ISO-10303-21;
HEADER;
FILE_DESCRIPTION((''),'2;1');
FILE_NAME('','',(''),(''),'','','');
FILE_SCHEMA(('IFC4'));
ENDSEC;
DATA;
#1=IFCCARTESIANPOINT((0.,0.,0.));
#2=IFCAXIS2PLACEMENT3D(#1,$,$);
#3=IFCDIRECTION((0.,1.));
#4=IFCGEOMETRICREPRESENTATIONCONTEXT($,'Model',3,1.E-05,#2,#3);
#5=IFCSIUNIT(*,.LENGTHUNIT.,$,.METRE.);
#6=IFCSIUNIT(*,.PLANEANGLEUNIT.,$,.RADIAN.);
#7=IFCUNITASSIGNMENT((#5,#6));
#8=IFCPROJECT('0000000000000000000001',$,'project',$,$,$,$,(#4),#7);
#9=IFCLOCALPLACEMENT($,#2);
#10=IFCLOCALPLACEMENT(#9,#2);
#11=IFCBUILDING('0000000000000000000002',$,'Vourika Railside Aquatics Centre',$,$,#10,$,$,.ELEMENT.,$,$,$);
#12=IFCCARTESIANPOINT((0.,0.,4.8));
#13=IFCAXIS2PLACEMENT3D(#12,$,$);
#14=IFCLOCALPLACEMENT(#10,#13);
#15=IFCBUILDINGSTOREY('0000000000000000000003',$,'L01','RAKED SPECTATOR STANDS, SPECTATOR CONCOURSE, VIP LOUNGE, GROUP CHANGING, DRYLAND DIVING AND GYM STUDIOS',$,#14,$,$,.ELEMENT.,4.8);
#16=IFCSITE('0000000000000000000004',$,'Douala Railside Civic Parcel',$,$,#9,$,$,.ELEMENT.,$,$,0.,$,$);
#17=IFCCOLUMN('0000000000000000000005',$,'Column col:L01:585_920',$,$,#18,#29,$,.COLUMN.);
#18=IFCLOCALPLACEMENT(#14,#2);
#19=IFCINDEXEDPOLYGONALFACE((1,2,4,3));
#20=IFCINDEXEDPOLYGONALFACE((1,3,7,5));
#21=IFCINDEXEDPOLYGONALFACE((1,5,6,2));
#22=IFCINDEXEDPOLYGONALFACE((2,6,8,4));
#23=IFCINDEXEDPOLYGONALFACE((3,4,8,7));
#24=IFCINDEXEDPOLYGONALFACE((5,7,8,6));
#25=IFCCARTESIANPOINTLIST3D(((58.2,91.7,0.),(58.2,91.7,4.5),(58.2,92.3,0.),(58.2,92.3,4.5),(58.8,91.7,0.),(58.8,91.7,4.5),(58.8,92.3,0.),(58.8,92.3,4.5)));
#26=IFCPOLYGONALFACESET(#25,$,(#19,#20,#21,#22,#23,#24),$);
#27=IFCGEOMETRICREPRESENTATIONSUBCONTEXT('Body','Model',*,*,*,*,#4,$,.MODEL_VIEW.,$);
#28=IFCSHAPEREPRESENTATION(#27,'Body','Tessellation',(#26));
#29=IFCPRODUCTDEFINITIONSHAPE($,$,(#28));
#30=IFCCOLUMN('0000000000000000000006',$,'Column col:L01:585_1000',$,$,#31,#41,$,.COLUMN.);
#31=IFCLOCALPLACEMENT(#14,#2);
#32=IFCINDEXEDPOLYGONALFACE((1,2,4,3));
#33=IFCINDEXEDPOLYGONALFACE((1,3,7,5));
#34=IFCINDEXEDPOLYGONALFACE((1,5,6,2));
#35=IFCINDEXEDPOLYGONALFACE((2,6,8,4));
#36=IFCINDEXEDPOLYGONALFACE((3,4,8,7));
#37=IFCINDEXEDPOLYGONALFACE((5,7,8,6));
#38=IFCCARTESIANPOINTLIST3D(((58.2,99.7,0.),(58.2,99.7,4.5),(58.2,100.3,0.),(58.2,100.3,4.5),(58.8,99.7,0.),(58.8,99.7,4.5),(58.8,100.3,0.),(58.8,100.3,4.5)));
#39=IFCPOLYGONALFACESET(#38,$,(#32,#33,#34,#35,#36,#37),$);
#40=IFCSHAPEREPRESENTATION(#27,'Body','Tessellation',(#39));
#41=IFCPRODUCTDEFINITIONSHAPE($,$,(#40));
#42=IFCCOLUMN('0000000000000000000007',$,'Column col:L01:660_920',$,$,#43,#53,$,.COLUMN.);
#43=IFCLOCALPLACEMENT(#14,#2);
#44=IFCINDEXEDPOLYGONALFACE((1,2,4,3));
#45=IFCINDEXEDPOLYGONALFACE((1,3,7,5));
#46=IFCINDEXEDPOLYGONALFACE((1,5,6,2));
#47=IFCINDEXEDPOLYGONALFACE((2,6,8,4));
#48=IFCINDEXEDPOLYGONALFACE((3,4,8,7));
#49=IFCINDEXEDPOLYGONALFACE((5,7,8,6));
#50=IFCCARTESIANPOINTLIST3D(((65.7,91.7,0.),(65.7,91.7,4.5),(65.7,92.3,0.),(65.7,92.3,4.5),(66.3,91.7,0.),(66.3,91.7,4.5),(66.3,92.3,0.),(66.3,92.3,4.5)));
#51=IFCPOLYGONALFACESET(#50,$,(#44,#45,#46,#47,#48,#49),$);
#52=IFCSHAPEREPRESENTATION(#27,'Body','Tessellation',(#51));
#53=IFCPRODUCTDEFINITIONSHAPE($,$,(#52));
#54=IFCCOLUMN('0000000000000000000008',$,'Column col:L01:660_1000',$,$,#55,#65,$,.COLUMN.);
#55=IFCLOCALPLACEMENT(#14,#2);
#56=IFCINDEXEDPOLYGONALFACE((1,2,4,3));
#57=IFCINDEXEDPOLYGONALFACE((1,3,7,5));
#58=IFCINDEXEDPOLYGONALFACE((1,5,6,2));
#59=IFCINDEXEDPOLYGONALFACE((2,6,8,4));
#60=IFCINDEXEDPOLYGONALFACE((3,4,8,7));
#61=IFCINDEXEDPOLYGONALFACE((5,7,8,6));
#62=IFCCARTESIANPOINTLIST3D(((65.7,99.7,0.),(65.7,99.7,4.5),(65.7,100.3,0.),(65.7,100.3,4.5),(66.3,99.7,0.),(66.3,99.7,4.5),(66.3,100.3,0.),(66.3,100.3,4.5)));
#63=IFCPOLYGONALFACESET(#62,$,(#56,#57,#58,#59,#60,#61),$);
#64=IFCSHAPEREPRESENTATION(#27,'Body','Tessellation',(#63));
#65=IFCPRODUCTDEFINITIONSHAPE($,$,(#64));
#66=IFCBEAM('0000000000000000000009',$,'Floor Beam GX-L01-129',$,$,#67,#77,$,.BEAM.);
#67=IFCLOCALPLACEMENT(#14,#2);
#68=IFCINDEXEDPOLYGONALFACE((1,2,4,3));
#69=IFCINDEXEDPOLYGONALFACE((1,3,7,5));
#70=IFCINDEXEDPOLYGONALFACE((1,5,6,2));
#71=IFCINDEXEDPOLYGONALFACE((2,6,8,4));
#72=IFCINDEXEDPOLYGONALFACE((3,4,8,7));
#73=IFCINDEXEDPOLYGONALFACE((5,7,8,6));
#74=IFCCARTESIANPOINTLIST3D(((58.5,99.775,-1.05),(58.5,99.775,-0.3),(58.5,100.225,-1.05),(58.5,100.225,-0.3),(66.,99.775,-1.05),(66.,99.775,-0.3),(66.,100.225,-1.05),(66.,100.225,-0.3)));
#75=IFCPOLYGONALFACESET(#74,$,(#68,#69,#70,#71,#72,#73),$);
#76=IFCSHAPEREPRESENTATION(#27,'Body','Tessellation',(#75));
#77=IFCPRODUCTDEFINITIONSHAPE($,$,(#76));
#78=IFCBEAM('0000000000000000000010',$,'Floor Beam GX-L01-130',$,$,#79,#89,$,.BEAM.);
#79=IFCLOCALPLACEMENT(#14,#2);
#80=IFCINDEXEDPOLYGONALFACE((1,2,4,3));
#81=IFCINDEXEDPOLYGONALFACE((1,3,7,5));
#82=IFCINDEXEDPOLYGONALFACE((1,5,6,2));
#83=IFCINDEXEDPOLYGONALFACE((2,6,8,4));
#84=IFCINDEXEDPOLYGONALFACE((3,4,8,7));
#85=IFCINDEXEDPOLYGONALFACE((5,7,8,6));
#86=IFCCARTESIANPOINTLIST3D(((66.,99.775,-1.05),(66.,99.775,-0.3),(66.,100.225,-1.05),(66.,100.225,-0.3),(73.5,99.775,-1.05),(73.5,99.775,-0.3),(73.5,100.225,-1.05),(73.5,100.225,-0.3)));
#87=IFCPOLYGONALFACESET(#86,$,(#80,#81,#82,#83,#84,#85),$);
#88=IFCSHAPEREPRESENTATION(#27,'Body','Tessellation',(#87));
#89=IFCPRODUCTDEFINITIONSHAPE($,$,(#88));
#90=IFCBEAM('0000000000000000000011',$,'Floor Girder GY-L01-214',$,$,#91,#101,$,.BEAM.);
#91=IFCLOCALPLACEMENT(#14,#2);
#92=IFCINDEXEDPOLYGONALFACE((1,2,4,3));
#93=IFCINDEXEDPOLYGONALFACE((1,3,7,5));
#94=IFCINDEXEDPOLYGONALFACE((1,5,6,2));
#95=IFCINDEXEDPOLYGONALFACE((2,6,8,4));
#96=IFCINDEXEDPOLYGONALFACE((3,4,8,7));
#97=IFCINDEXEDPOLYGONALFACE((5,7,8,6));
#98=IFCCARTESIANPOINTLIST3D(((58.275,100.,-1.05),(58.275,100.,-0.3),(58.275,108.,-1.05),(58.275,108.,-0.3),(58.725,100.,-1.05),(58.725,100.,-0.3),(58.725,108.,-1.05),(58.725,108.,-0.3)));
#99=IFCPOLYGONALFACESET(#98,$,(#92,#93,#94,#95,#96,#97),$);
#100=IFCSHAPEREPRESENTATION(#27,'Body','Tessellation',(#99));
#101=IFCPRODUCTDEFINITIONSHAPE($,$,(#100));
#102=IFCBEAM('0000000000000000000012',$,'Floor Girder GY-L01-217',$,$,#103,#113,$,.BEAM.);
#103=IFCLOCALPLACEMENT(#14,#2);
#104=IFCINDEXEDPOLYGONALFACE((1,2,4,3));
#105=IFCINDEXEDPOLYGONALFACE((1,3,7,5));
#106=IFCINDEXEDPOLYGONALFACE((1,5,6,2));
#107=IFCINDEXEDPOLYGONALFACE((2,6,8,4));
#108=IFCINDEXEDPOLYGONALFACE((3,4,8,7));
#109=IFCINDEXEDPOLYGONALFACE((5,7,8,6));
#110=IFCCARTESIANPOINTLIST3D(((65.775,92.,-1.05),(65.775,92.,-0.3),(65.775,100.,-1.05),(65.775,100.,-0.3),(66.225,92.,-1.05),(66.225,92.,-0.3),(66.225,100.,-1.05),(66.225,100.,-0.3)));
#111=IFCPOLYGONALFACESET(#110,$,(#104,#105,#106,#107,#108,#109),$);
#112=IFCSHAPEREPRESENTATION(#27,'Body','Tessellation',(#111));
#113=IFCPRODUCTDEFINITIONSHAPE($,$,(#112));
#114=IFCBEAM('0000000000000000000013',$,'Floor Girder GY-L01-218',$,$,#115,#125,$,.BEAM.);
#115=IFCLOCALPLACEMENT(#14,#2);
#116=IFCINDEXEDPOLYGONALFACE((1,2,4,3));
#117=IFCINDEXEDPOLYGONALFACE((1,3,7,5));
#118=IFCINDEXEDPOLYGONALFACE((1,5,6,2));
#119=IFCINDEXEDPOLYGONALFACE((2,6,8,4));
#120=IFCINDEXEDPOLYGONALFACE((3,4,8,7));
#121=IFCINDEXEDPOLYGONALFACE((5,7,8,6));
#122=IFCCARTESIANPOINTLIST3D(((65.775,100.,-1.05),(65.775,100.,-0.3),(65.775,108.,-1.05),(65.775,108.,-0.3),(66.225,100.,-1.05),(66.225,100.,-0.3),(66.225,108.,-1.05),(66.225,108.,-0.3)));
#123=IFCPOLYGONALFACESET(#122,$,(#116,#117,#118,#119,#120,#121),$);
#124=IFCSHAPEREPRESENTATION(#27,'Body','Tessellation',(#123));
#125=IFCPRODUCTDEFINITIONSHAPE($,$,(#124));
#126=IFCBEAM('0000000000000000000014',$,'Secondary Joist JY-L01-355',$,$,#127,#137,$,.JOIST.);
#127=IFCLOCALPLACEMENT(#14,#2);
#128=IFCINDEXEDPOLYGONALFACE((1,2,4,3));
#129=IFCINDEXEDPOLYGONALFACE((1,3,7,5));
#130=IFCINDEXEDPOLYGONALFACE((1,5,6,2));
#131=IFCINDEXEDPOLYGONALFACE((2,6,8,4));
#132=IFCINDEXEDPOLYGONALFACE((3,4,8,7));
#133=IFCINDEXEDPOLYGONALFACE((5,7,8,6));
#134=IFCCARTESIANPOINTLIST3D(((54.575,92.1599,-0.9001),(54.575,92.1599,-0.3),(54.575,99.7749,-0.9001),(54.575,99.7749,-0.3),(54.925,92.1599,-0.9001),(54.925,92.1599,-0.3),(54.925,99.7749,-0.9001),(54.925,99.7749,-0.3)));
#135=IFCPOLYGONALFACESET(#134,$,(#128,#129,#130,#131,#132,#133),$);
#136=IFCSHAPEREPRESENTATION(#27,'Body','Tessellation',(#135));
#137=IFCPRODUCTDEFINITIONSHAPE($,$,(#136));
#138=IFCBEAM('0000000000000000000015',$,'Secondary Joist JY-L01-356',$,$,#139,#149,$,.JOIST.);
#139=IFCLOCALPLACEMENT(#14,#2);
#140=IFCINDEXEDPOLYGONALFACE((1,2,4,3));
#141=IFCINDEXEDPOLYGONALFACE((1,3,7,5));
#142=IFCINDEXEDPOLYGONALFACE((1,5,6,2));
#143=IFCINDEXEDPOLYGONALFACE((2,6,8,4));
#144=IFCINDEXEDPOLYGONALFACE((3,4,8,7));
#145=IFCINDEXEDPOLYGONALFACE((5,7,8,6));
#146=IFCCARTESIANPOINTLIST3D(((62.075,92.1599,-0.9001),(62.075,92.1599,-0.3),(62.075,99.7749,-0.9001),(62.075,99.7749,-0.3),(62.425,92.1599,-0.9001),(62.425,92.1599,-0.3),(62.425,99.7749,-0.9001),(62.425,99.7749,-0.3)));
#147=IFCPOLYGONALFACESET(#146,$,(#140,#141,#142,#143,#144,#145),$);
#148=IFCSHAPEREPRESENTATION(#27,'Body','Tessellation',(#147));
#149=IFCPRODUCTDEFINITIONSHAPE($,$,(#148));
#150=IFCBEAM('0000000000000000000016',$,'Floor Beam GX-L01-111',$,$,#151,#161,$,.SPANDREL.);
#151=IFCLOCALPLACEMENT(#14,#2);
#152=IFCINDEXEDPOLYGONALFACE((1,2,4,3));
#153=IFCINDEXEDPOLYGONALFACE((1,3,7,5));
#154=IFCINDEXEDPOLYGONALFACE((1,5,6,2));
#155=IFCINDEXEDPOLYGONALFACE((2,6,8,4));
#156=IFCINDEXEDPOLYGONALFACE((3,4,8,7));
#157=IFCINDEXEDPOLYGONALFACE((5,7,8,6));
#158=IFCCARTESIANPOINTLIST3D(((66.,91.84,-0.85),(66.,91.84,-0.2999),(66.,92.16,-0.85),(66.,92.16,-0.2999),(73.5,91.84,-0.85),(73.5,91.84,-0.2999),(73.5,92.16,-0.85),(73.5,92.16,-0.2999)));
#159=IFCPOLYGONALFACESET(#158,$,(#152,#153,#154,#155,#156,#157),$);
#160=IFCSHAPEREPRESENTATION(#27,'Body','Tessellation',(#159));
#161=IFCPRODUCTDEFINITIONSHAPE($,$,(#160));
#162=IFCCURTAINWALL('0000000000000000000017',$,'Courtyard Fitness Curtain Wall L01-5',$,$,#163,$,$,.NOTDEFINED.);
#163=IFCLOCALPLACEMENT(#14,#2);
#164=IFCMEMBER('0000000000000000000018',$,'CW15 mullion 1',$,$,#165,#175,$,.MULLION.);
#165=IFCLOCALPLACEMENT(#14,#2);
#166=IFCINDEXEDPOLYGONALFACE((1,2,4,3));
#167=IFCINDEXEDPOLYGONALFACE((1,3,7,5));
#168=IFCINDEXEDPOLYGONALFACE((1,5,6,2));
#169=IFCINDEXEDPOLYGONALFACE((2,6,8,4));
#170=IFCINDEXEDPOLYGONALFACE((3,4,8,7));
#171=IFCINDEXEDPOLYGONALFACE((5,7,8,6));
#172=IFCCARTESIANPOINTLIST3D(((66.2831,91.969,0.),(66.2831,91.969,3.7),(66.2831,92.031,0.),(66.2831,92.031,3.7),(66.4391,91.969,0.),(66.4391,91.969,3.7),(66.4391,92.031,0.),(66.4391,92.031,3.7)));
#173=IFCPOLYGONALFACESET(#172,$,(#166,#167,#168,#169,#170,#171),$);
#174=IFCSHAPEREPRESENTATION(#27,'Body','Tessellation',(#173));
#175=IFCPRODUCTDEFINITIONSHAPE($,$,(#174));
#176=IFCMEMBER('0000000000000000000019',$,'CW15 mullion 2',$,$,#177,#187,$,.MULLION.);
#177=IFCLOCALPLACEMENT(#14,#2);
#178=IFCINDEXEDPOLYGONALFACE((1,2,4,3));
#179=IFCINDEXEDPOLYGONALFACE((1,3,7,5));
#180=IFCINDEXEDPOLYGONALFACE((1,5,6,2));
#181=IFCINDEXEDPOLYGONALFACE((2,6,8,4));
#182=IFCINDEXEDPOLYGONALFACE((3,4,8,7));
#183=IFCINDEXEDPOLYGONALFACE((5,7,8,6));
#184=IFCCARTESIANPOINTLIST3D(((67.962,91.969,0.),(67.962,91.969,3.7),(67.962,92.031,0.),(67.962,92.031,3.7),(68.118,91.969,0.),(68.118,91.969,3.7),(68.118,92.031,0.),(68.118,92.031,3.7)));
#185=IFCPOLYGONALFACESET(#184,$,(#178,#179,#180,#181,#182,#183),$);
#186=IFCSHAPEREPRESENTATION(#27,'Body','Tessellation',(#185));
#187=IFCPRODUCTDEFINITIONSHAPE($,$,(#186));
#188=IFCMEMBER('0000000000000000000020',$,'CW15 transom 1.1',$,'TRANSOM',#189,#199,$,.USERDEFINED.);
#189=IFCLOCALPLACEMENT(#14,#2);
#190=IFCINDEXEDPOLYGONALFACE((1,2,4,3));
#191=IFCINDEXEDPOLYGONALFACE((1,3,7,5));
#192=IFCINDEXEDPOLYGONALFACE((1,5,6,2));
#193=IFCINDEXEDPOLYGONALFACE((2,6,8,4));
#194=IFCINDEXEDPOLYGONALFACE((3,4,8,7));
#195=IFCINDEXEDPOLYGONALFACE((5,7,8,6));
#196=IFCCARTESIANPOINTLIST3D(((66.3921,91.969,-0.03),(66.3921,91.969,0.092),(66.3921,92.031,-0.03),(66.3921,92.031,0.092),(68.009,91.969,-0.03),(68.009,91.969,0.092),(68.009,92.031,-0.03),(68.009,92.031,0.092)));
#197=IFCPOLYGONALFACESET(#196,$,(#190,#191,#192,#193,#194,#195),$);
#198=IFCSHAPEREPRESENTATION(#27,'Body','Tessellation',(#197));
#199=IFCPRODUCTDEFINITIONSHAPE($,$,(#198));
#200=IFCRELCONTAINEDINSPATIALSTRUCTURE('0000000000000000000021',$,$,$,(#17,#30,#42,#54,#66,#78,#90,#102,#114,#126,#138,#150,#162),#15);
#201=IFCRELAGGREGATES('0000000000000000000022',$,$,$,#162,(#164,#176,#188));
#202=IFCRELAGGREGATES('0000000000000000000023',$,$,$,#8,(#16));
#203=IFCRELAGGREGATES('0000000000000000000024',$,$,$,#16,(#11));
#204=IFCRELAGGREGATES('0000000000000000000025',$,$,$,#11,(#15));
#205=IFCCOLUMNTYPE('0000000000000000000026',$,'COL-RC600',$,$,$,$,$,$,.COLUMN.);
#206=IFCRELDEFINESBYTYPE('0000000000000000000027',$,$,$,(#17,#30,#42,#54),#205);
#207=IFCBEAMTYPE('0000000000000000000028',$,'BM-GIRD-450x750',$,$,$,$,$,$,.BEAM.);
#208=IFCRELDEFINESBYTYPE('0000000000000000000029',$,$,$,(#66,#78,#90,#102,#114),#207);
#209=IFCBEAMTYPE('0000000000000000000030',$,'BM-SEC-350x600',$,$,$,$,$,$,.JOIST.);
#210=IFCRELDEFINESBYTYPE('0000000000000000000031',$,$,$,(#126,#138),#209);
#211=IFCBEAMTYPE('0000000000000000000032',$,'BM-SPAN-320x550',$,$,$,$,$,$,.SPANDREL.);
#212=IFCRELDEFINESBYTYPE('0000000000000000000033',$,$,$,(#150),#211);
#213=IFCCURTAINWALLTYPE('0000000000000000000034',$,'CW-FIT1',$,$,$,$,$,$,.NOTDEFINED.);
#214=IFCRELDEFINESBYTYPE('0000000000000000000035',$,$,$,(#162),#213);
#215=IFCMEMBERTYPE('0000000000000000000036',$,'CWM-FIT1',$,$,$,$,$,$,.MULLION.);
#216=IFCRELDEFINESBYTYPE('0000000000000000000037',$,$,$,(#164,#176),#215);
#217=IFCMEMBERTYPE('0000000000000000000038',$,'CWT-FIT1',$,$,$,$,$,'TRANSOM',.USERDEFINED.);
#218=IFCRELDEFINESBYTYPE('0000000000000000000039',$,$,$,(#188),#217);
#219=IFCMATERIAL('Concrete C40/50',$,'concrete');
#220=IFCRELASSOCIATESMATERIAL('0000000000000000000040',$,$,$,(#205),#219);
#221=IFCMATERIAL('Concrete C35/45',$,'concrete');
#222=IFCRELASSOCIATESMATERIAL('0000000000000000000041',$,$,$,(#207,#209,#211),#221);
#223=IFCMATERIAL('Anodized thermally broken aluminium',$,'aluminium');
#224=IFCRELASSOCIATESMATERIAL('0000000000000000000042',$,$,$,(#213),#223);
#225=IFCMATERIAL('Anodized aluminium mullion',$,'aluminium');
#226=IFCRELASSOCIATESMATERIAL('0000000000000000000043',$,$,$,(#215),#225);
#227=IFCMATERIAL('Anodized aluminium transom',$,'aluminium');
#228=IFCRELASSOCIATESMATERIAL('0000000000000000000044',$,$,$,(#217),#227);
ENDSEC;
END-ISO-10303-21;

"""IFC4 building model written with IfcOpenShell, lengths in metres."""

from ifc_helpers import new_model, si_unit, direction, frame, origin, origin_2d, place, context, subcontext, project, spatial, rectangle, extrude, material, material_profile, profile_set, type_object, element, aggregate, save


model = new_model("IFC4")

# Units and contexts
model_context = context("Model", 3, precision=1e-05, world=origin(), true_north=direction((0.0, 1.0)))
body_context = subcontext(model_context, "Body", "Model", "MODEL_VIEW")
ifc_project = project(units=[si_unit("LENGTHUNIT", "METRE"), si_unit("PLANEANGLEUNIT", "RADIAN")], contexts=[model_context])

# Site, building, storey
site_placement = place(None, origin())
site = spatial("IfcSite", under=ifc_project, at=site_placement, Name="Douala Railside Civic Parcel", CompositionType="ELEMENT", RefElevation=0.0)
building_placement = place(site_placement, origin())
building = spatial("IfcBuilding", under=site, at=building_placement, Name="Vourika Railside Aquatics Centre", CompositionType="ELEMENT")
storey_placement = place(building_placement, frame((0.0, 0.0, 4.8)))
storey = spatial("IfcBuildingStorey", under=building, at=storey_placement, Name="L01", Description="RAKED SPECTATOR STANDS, SPECTATOR CONCOURSE, VIP LOUNGE, GROUP CHANGING, DRYLAND DIVING AND GYM STUDIOS", CompositionType="ELEMENT", Elevation=4.8)

# Columns
ifc_material_1 = material(Name="Concrete C40/50", Category="concrete")
ifc_material_profile_1 = material_profile(ifc_material_1, rectangle(XDim=0.6001, YDim=0.6001, at=origin_2d()), Name="RC 600x600")
ifc_profile_set_1 = profile_set([ifc_material_profile_1], Name="Concrete C40/50")
column_type = type_object("IfcColumnType", Name="COL-RC600", PredefinedType="COLUMN", material=ifc_profile_set_1)
for number, where, z_axis, x_axis, name in (
    (1, (58.5, 92.0, 0.0), (0.0, 0.0, 1.0), (1.0, 0.0, 0.0), "Column col:L01:585_920"),
    (2, (58.5, 100.0, 0.0), (0.0, 0.0, 1.0), (1.0, 0.0, 0.0), "Column col:L01:585_1000"),
    (3, (66.0, 92.0, 0.0), (0.0, 0.0, 1.0), (1.0, 0.0, 0.0), "Column col:L01:660_920"),
    (4, (66.0, 100.0, 0.0), (0.0, 0.0, 1.0), (1.0, 0.0, 0.0), "Column col:L01:660_1000"),
):
    element("IfcColumn", number, at=place(storey_placement, frame(where, z_axis=z_axis, x_axis=x_axis)), inside=storey, type_object=column_type, Name=name, PredefinedType="COLUMN", context=body_context, shape_type="SweptSolid", body=[
        extrude(rectangle(XDim=0.6001, YDim=0.6001, at=origin_2d()), origin(), (0.0, 0.0, 1.0), 4.5),
    ])

# Beams
ifc_material_2 = material(Name="Concrete C35/45", Category="concrete")
ifc_material_profile_2 = material_profile(ifc_material_2, rectangle(XDim=0.45, YDim=0.75, at=origin_2d()), Name="RC 450x750")
ifc_profile_set_2 = profile_set([ifc_material_profile_2], Name="Concrete C35/45")
beam_type_1 = type_object("IfcBeamType", Name="BM-GIRD-450x750", PredefinedType="BEAM", material=ifc_profile_set_2)
for number, where, z_axis, x_axis, name in (
    (5, (58.5, 100.0, -0.675), (1.0, 0.0, 0.0), (0.0, 1.0, 0.0), "Floor Beam GX-L01-129"),
    (6, (66.0, 100.0, -0.675), (1.0, 0.0, 0.0), (0.0, 1.0, 0.0), "Floor Beam GX-L01-130"),
):
    element("IfcBeam", number, at=place(storey_placement, frame(where, z_axis=z_axis, x_axis=x_axis)), inside=storey, type_object=beam_type_1, Name=name, PredefinedType="BEAM", context=body_context, shape_type="SweptSolid", body=[
        extrude(rectangle(XDim=0.45, YDim=0.75, at=origin_2d()), origin(), (0.0, 0.0, 1.0), 7.5),
    ])
for number, where, z_axis, x_axis, name in (
    (7, (58.5, 100.0, -0.675), (0.0, 1.0, 0.0), (-1.0, 0.0, 0.0), "Floor Girder GY-L01-214"),
    (8, (66.0, 92.0, -0.675), (0.0, 1.0, 0.0), (-1.0, 0.0, 0.0), "Floor Girder GY-L01-217"),
    (9, (66.0, 100.0, -0.675), (0.0, 1.0, 0.0), (-1.0, 0.0, 0.0), "Floor Girder GY-L01-218"),
):
    element("IfcBeam", number, at=place(storey_placement, frame(where, z_axis=z_axis, x_axis=x_axis)), inside=storey, type_object=beam_type_1, Name=name, PredefinedType="BEAM", context=body_context, shape_type="SweptSolid", body=[
        extrude(rectangle(XDim=0.45, YDim=0.75, at=origin_2d()), origin(), (0.0, 0.0, 1.0), 8.0),
    ])
ifc_material_profile_3 = material_profile(ifc_material_2, rectangle(XDim=0.3501, YDim=0.6001, at=origin_2d()), Name="RC 350x600")
ifc_profile_set_3 = profile_set([ifc_material_profile_3], Name="Concrete C35/45")
beam_type_2 = type_object("IfcBeamType", Name="BM-SEC-350x600", PredefinedType="JOIST", material=ifc_profile_set_3)
for number, where, z_axis, x_axis, name in (
    (10, (54.75, 92.1599, -0.6001), (0.0, 1.0, 0.0), (-1.0, 0.0, 0.0), "Secondary Joist JY-L01-355"),
    (11, (62.25, 92.1599, -0.6001), (0.0, 1.0, 0.0), (-1.0, 0.0, 0.0), "Secondary Joist JY-L01-356"),
):
    element("IfcBeam", number, at=place(storey_placement, frame(where, z_axis=z_axis, x_axis=x_axis)), inside=storey, type_object=beam_type_2, Name=name, PredefinedType="JOIST", context=body_context, shape_type="SweptSolid", body=[
        extrude(rectangle(XDim=0.3501, YDim=0.6001, at=origin_2d()), origin(), (0.0, 0.0, 1.0), 7.615),
    ])
ifc_material_profile_4 = material_profile(ifc_material_2, rectangle(XDim=0.3201, YDim=0.55, at=origin_2d()), Name="RC 320x550")
ifc_profile_set_4 = profile_set([ifc_material_profile_4], Name="Concrete C35/45")
beam_type_3 = type_object("IfcBeamType", Name="BM-SPAN-320x550", PredefinedType="SPANDREL", material=ifc_profile_set_4)
beam_placement = place(storey_placement, frame((66.0, 92.0, -0.575), z_axis=(1.0, 0.0, 0.0), x_axis=(0.0, 1.0, 0.0)))
element("IfcBeam", 12, at=beam_placement, inside=storey, type_object=beam_type_3, Name="Floor Beam GX-L01-111", PredefinedType="SPANDREL", context=body_context, shape_type="SweptSolid", body=[
    extrude(rectangle(XDim=0.3201, YDim=0.55, at=origin_2d()), origin(), (0.0, 0.0, 1.0), 7.5),
])

# Curtain wall, members
ifc_material_3 = material(Name="Anodized thermally broken aluminium", Category="aluminium")
curtain_wall_type = type_object("IfcCurtainWallType", Name="CW-FIT1", PredefinedType="NOTDEFINED", material=ifc_material_3)
curtain_wall_placement = place(storey_placement, origin())
curtain_wall = element("IfcCurtainWall", 13, at=curtain_wall_placement, inside=storey, type_object=curtain_wall_type, Name="Courtyard Fitness Curtain Wall L01-5", PredefinedType="NOTDEFINED")
ifc_material_4 = material(Name="Anodized aluminium mullion", Category="aluminium")
ifc_material_profile_5 = material_profile(ifc_material_4, rectangle(XDim=0.062, YDim=0.156, at=origin_2d()), Name="ALU-M 62x156")
ifc_profile_set_5 = profile_set([ifc_material_profile_5], Name="Anodized aluminium mullion")
member_type_1 = type_object("IfcMemberType", Name="CWM-FIT1", PredefinedType="MULLION", material=ifc_profile_set_5)
member_1_placement = place(storey_placement, frame((66.3611, 92.0, 0.0), z_axis=(0.0, 0.0, 1.0), x_axis=(0.0, 1.0, 0.0)))
member_1 = element("IfcMember", 14, at=member_1_placement, type_object=member_type_1, Name="CW15 mullion 1", PredefinedType="MULLION", context=body_context, shape_type="SweptSolid", body=[
    extrude(rectangle(XDim=0.062, YDim=0.156, at=origin_2d()), origin(), (0.0, 0.0, 1.0), 3.7),
])
member_2_placement = place(storey_placement, frame((68.04, 92.0, 0.0), z_axis=(0.0, 0.0, 1.0), x_axis=(0.0, 1.0, 0.0)))
member_2 = element("IfcMember", 15, at=member_2_placement, type_object=member_type_1, Name="CW15 mullion 2", PredefinedType="MULLION", context=body_context, shape_type="SweptSolid", body=[
    extrude(rectangle(XDim=0.062, YDim=0.156, at=origin_2d()), origin(), (0.0, 0.0, 1.0), 3.7),
])
ifc_material_5 = material(Name="Anodized aluminium transom", Category="aluminium")
ifc_material_profile_6 = material_profile(ifc_material_5, rectangle(XDim=0.062, YDim=0.1221, at=origin_2d()), Name="ALU-T 62x122")
ifc_profile_set_6 = profile_set([ifc_material_profile_6], Name="Anodized aluminium transom")
member_type_2 = type_object("IfcMemberType", Name="CWT-FIT1", ElementType="TRANSOM", PredefinedType="USERDEFINED", material=ifc_profile_set_6)
member_3_placement = place(storey_placement, frame((66.3921, 92.0, 0.031), z_axis=(1.0, 0.0, 0.0), x_axis=(0.0, 1.0, 0.0)))
member_3 = element("IfcMember", 16, at=member_3_placement, type_object=member_type_2, Name="CW15 transom 1.1", ObjectType="TRANSOM", PredefinedType="USERDEFINED", context=body_context, shape_type="SweptSolid", body=[
    extrude(rectangle(XDim=0.062, YDim=0.1221, at=origin_2d()), origin(), (0.0, 0.0, 1.0), 1.6169),
])
aggregate(curtain_wall, [member_1, member_2, member_3])

save(model, "model.ifc")
